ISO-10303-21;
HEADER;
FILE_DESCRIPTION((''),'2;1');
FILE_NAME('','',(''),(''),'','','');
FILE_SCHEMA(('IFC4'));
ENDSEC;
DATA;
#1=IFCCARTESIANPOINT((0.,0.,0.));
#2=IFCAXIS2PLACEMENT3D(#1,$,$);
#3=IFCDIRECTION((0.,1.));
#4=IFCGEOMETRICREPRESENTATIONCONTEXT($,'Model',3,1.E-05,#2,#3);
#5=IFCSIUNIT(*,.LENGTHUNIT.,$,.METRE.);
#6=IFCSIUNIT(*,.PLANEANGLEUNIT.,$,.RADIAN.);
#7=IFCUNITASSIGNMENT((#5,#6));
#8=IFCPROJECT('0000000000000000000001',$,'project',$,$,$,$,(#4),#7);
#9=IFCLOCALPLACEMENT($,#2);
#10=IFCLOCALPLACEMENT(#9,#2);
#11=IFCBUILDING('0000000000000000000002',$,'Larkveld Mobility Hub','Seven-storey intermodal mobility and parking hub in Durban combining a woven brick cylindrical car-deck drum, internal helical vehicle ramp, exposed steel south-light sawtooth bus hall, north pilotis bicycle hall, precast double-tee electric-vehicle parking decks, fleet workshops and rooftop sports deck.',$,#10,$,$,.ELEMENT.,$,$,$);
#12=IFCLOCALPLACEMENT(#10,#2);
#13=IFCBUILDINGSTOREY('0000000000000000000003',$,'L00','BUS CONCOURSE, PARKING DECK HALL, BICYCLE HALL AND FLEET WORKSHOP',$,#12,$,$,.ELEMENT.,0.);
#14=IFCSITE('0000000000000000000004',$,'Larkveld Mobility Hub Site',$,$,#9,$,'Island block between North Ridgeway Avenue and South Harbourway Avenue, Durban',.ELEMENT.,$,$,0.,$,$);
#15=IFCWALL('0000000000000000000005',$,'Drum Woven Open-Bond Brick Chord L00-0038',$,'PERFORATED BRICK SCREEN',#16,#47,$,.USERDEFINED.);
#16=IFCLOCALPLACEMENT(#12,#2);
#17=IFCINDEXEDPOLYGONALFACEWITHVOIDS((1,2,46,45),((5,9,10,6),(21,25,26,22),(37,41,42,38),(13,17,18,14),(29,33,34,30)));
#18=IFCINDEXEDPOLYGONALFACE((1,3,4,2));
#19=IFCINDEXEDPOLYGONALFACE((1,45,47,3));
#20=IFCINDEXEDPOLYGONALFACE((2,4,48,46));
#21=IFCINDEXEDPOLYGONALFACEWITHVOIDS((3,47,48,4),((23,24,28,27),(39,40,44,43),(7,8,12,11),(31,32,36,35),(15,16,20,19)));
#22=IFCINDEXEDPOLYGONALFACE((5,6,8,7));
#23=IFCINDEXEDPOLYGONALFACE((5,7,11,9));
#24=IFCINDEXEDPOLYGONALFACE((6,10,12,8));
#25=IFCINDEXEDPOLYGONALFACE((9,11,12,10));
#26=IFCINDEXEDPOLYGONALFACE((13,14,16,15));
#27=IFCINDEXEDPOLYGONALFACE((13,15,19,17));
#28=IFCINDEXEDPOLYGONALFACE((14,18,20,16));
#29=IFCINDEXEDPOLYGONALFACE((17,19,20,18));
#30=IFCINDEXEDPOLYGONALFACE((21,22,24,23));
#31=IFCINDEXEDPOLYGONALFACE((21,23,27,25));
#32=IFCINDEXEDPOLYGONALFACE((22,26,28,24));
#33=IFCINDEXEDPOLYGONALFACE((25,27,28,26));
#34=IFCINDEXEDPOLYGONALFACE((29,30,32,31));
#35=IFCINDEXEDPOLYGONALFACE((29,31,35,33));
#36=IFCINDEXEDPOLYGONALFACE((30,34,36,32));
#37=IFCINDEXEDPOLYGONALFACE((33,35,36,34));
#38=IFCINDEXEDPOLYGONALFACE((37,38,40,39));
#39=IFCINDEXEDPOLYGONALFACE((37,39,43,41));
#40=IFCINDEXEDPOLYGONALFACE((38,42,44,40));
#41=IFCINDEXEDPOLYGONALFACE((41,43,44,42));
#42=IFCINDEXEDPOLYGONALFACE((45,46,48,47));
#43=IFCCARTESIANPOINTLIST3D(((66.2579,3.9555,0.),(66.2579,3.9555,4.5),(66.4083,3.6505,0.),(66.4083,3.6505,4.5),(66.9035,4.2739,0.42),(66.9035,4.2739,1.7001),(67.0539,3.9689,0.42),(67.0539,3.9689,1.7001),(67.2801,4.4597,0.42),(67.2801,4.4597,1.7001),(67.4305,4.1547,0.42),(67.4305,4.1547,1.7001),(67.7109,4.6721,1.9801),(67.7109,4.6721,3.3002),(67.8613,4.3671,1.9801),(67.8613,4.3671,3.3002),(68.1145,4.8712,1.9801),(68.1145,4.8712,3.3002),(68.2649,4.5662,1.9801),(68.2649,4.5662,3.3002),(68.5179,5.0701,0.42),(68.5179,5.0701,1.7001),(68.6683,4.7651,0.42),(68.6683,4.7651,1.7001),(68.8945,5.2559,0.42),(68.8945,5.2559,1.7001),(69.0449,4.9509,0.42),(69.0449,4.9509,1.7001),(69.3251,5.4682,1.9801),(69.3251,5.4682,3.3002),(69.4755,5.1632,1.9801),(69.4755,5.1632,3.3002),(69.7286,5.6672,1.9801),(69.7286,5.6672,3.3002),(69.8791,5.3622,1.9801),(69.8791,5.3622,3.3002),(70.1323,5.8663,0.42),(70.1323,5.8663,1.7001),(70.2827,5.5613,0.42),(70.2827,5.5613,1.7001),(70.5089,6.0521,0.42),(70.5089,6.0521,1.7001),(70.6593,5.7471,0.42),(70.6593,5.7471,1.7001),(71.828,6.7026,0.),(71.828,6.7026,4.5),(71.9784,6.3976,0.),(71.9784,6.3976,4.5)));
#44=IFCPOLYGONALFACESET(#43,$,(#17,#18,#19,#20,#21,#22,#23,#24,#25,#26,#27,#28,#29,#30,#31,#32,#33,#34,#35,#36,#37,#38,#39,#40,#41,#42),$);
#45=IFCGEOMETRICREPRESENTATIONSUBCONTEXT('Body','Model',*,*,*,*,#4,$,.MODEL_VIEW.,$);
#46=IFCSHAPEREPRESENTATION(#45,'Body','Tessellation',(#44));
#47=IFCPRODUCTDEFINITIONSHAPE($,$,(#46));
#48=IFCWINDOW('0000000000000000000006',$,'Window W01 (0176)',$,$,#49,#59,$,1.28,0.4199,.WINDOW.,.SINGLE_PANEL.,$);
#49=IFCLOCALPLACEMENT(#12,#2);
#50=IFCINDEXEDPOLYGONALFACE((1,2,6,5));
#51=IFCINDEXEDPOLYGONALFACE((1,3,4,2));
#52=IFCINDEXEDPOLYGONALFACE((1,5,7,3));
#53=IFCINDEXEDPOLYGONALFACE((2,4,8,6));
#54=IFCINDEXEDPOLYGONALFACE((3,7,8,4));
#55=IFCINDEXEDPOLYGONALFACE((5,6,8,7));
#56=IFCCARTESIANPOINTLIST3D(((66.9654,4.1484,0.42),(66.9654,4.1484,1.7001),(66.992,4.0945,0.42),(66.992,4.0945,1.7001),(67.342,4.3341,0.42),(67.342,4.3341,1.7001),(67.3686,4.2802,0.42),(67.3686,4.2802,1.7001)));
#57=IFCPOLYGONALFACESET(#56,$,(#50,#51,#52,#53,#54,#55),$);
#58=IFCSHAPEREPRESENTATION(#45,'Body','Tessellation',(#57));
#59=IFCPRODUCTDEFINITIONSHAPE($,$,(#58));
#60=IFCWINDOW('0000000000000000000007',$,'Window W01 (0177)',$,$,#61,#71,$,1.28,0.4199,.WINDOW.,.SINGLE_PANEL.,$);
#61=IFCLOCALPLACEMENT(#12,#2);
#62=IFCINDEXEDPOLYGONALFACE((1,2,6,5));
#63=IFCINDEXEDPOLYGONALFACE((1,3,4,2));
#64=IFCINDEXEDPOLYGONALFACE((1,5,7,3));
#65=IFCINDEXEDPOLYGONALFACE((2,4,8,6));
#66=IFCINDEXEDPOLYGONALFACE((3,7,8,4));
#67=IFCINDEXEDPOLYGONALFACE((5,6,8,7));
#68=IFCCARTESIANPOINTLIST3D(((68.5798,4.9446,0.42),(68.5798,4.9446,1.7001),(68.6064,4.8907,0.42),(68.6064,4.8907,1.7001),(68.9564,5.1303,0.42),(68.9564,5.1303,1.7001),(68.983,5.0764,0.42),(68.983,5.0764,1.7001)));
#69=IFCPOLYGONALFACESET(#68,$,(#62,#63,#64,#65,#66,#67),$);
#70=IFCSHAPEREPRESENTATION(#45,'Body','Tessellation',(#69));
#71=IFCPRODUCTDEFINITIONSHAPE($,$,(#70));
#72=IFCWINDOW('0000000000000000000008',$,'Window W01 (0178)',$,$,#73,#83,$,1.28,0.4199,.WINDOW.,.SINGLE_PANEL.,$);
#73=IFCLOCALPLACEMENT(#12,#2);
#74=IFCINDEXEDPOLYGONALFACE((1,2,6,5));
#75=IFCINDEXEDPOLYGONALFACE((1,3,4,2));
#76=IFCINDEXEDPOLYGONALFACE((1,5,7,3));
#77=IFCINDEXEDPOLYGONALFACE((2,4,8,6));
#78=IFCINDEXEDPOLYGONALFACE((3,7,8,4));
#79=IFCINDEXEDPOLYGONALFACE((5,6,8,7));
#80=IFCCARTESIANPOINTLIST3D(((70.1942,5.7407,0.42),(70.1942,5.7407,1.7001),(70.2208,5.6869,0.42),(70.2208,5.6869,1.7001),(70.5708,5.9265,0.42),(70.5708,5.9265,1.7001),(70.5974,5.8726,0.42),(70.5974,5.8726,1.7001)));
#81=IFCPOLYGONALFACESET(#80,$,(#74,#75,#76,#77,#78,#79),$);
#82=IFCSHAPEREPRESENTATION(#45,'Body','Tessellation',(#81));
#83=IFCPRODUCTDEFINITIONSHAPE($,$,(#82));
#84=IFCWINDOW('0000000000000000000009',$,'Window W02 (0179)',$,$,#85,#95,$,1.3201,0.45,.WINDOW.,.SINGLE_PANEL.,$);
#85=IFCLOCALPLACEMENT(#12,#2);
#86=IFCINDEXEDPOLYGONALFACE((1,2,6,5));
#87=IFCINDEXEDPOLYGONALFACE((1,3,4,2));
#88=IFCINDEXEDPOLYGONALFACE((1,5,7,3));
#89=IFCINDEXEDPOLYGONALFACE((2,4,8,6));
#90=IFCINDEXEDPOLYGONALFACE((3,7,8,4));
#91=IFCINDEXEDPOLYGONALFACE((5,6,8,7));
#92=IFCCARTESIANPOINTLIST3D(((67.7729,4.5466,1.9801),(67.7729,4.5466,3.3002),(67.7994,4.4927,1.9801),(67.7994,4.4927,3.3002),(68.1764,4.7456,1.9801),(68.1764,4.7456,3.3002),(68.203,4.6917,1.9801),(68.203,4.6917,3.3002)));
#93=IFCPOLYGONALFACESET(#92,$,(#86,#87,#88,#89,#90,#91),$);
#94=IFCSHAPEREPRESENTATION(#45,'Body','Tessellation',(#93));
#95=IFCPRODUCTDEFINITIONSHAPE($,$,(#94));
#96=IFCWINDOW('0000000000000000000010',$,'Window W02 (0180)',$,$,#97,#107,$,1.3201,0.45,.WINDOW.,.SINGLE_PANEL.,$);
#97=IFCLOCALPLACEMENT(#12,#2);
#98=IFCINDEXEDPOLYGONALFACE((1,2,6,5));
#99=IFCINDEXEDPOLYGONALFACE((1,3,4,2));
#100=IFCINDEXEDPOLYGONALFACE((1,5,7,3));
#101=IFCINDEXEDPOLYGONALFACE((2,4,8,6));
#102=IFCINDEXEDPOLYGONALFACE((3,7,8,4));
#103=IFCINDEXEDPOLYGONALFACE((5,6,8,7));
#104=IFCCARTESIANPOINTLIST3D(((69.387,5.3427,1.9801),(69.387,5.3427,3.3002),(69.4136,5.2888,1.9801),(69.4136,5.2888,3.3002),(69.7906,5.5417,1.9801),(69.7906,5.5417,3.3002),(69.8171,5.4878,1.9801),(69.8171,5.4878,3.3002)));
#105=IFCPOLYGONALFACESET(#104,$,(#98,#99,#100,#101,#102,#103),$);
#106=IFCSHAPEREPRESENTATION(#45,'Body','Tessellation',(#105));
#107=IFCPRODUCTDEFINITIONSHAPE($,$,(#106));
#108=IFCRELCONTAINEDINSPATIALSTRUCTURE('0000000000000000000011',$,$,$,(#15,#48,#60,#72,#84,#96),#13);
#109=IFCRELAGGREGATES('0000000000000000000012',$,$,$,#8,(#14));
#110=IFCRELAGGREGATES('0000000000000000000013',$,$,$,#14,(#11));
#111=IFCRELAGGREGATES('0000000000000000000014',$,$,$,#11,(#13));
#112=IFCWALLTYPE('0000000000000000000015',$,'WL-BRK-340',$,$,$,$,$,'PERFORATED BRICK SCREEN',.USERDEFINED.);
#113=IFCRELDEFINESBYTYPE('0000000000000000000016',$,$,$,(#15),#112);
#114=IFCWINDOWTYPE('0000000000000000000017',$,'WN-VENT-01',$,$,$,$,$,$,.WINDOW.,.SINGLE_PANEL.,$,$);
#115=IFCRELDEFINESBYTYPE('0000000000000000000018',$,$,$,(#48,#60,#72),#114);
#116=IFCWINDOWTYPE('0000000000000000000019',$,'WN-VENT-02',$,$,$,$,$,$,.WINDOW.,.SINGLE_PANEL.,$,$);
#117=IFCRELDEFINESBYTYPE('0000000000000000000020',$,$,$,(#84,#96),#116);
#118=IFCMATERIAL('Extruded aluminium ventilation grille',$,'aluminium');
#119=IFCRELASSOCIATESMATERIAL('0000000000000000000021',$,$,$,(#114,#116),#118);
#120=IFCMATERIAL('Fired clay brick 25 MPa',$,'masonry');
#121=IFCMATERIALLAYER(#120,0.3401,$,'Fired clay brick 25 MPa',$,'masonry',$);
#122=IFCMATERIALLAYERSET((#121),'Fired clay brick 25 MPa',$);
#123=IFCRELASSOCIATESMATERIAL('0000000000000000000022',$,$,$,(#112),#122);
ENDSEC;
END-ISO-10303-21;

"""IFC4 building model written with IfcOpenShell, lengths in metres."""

from ifc_helpers import new_model, si_unit, direction, frame, frame_2d, origin, place, context, subcontext, project, spatial, rectangle, extrude, material, layer, layer_set, type_object, element, fill, save


model = new_model("IFC4")

# Units and contexts
model_context = context("Model", 3, precision=1e-05, world=origin(), true_north=direction((0.0, 1.0)))
body_context = subcontext(model_context, "Body", "Model", "MODEL_VIEW")
ifc_project = project(units=[si_unit("LENGTHUNIT", "METRE"), si_unit("PLANEANGLEUNIT", "RADIAN")], contexts=[model_context])

# Site, building, storey
site_placement = place(None, origin())
site = spatial("IfcSite", under=ifc_project, at=site_placement, Name="Larkveld Mobility Hub Site", LongName="Island block between North Ridgeway Avenue and South Harbourway Avenue, Durban", CompositionType="ELEMENT", RefElevation=0.0)
building_placement = place(site_placement, origin())
building = spatial("IfcBuilding", under=site, at=building_placement, Name="Larkveld Mobility Hub", Description="Seven-storey intermodal mobility and parking hub in Durban combining a woven brick cylindrical car-deck drum, internal helical vehicle ramp, exposed steel south-light sawtooth bus hall, north pilotis bicycle hall, precast double-tee electric-vehicle parking decks, fleet workshops and rooftop sports deck.", CompositionType="ELEMENT")
storey_placement = place(building_placement, origin())
storey = spatial("IfcBuildingStorey", under=building, at=storey_placement, Name="L00", Description="BUS CONCOURSE, PARKING DECK HALL, BICYCLE HALL AND FLEET WORKSHOP", CompositionType="ELEMENT", Elevation=0.0)

# Wall, openings, windows
ifc_material_1 = material(Name="Fired clay brick 25 MPa", Category="masonry")
ifc_material_2 = material(Name="Extruded aluminium ventilation grille", Category="aluminium")
window_type_1 = type_object("IfcWindowType", Name="WN-VENT-01", PartitioningType="SINGLE_PANEL", PredefinedType="WINDOW", material=ifc_material_2)
ifc_layer_1 = layer(ifc_material_1, 0.3401, Name="Fired clay brick 25 MPa", Category="masonry")
ifc_layer_set_1 = layer_set([ifc_layer_1], Name="Fired clay brick 25 MPa")
wall_type_1 = type_object("IfcWallType", Name="WL-BRK-340", ElementType="PERFORATED BRICK SCREEN", PredefinedType="USERDEFINED", material=ifc_layer_set_1)
wall_1_placement = place(storey_placement, frame((66.333, 3.803, 0.0), z_axis=(0.0, 0.0, 1.0), x_axis=(0.896859, 0.442317, 0.0)))
wall_1 = element("IfcWall", 1, at=wall_1_placement, inside=storey, type_object=wall_type_1, Name="Drum Woven Open-Bond Brick Chord L00-0038", ObjectType="PERFORATED BRICK SCREEN", PredefinedType="USERDEFINED", context=body_context, shape_type="SweptSolid", body=[
    extrude(rectangle(XDim=6.2107, YDim=0.3401, at=frame_2d((3.1055, 0.0))), origin(), (0.0, 0.0, 1.0), 4.5),
])
opening_1_placement = place(wall_1_placement, frame((0.72, 0.0, 0.4199)))
opening_1 = element("IfcOpeningElement", 2, at=opening_1_placement, cuts=wall_1, PredefinedType="OPENING", context=body_context, shape_type="SweptSolid", body=[
    extrude(rectangle(XDim=0.4199, YDim=1.28, at=frame_2d((0.21, 0.6401))), frame((0.0, 0.1802, 0.0), z_axis=(0.0, -1.0, 0.0), x_axis=(1.0, 0.0, 0.0)), (0.0, 0.0, 1.0), 0.3601),
])
opening_2_placement = place(wall_1_placement, frame((2.52, 0.0, 0.4199)))
opening_2 = element("IfcOpeningElement", 3, at=opening_2_placement, cuts=wall_1, PredefinedType="OPENING", context=body_context, shape_type="SweptSolid", body=[
    extrude(rectangle(XDim=0.4199, YDim=1.28, at=frame_2d((0.21, 0.6401))), frame((0.0, 0.1802, 0.0), z_axis=(0.0, -1.0, 0.0), x_axis=(1.0, 0.0, 0.0)), (0.0, 0.0, 1.0), 0.3601),
])
opening_3_placement = place(wall_1_placement, frame((4.3201, 0.0, 0.4199)))
opening_3 = element("IfcOpeningElement", 4, at=opening_3_placement, cuts=wall_1, PredefinedType="OPENING", context=body_context, shape_type="SweptSolid", body=[
    extrude(rectangle(XDim=0.4199, YDim=1.28, at=frame_2d((0.21, 0.6401))), frame((0.0, 0.1802, 0.0), z_axis=(0.0, -1.0, 0.0), x_axis=(1.0, 0.0, 0.0)), (0.0, 0.0, 1.0), 0.3601),
])
opening_4_placement = place(wall_1_placement, frame((1.6201, 0.0, 1.98)))
opening_4 = element("IfcOpeningElement", 5, at=opening_4_placement, cuts=wall_1, PredefinedType="OPENING", context=body_context, shape_type="SweptSolid", body=[
    extrude(rectangle(XDim=0.45, YDim=1.3201, at=frame_2d((0.2251, 0.6602))), frame((0.0, 0.1802, 0.0), z_axis=(0.0, -1.0, 0.0), x_axis=(1.0, 0.0, 0.0)), (0.0, 0.0, 1.0), 0.3601),
])
opening_5_placement = place(wall_1_placement, frame((3.4199, 0.0, 1.98)))
opening_5 = element("IfcOpeningElement", 6, at=opening_5_placement, cuts=wall_1, PredefinedType="OPENING", context=body_context, shape_type="SweptSolid", body=[
    extrude(rectangle(XDim=0.45, YDim=1.3201, at=frame_2d((0.2251, 0.6602))), frame((0.0, 0.1802, 0.0), z_axis=(0.0, -1.0, 0.0), x_axis=(1.0, 0.0, 0.0)), (0.0, 0.0, 1.0), 0.3601),
])
window_1_placement = place(opening_1_placement, origin())
window_1 = element("IfcWindow", 7, at=window_1_placement, inside=storey, type_object=window_type_1, Name="Window W01 (0176)", OverallHeight=1.28, OverallWidth=0.4199, PartitioningType="SINGLE_PANEL", PredefinedType="WINDOW", context=body_context, shape_type="SweptSolid", body=[
    extrude(rectangle(XDim=0.4199, YDim=1.28, at=frame_2d((0.21, 0.6401))), frame((0.0, 0.03, 0.0), z_axis=(0.0, -1.0, 0.0), x_axis=(1.0, 0.0, 0.0)), (0.0, 0.0, 1.0), 0.0601),
])
fill(opening_1, window_1)
window_2_placement = place(opening_2_placement, origin())
window_2 = element("IfcWindow", 8, at=window_2_placement, inside=storey, type_object=window_type_1, Name="Window W01 (0177)", OverallHeight=1.28, OverallWidth=0.4199, PartitioningType="SINGLE_PANEL", PredefinedType="WINDOW", context=body_context, shape_type="SweptSolid", body=[
    extrude(rectangle(XDim=0.4199, YDim=1.28, at=frame_2d((0.21, 0.6401))), frame((0.0, 0.03, 0.0), z_axis=(0.0, -1.0, 0.0), x_axis=(1.0, 0.0, 0.0)), (0.0, 0.0, 1.0), 0.0601),
])
fill(opening_2, window_2)
window_3_placement = place(opening_3_placement, origin())
window_3 = element("IfcWindow", 9, at=window_3_placement, inside=storey, type_object=window_type_1, Name="Window W01 (0178)", OverallHeight=1.28, OverallWidth=0.4199, PartitioningType="SINGLE_PANEL", PredefinedType="WINDOW", context=body_context, shape_type="SweptSolid", body=[
    extrude(rectangle(XDim=0.4199, YDim=1.28, at=frame_2d((0.21, 0.6401))), frame((0.0, 0.03, 0.0), z_axis=(0.0, -1.0, 0.0), x_axis=(1.0, 0.0, 0.0)), (0.0, 0.0, 1.0), 0.0601),
])
fill(opening_3, window_3)
window_type_2 = type_object("IfcWindowType", Name="WN-VENT-02", PartitioningType="SINGLE_PANEL", PredefinedType="WINDOW", material=ifc_material_2)
window_4_placement = place(opening_4_placement, origin())
window_4 = element("IfcWindow", 10, at=window_4_placement, inside=storey, type_object=window_type_2, Name="Window W02 (0179)", OverallHeight=1.3201, OverallWidth=0.45, PartitioningType="SINGLE_PANEL", PredefinedType="WINDOW", context=body_context, shape_type="SweptSolid", body=[
    extrude(rectangle(XDim=0.45, YDim=1.3201, at=frame_2d((0.2251, 0.6602))), frame((0.0, 0.03, 0.0), z_axis=(0.0, -1.0, 0.0), x_axis=(1.0, 0.0, 0.0)), (0.0, 0.0, 1.0), 0.0601),
])
fill(opening_4, window_4)
window_5_placement = place(opening_5_placement, origin())
window_5 = element("IfcWindow", 11, at=window_5_placement, inside=storey, type_object=window_type_2, Name="Window W02 (0180)", OverallHeight=1.3201, OverallWidth=0.45, PartitioningType="SINGLE_PANEL", PredefinedType="WINDOW", context=body_context, shape_type="SweptSolid", body=[
    extrude(rectangle(XDim=0.45, YDim=1.3201, at=frame_2d((0.2251, 0.6602))), frame((0.0, 0.03, 0.0), z_axis=(0.0, -1.0, 0.0), x_axis=(1.0, 0.0, 0.0)), (0.0, 0.0, 1.0), 0.0601),
])
fill(opening_5, window_5)

save(model, "model.ifc")
